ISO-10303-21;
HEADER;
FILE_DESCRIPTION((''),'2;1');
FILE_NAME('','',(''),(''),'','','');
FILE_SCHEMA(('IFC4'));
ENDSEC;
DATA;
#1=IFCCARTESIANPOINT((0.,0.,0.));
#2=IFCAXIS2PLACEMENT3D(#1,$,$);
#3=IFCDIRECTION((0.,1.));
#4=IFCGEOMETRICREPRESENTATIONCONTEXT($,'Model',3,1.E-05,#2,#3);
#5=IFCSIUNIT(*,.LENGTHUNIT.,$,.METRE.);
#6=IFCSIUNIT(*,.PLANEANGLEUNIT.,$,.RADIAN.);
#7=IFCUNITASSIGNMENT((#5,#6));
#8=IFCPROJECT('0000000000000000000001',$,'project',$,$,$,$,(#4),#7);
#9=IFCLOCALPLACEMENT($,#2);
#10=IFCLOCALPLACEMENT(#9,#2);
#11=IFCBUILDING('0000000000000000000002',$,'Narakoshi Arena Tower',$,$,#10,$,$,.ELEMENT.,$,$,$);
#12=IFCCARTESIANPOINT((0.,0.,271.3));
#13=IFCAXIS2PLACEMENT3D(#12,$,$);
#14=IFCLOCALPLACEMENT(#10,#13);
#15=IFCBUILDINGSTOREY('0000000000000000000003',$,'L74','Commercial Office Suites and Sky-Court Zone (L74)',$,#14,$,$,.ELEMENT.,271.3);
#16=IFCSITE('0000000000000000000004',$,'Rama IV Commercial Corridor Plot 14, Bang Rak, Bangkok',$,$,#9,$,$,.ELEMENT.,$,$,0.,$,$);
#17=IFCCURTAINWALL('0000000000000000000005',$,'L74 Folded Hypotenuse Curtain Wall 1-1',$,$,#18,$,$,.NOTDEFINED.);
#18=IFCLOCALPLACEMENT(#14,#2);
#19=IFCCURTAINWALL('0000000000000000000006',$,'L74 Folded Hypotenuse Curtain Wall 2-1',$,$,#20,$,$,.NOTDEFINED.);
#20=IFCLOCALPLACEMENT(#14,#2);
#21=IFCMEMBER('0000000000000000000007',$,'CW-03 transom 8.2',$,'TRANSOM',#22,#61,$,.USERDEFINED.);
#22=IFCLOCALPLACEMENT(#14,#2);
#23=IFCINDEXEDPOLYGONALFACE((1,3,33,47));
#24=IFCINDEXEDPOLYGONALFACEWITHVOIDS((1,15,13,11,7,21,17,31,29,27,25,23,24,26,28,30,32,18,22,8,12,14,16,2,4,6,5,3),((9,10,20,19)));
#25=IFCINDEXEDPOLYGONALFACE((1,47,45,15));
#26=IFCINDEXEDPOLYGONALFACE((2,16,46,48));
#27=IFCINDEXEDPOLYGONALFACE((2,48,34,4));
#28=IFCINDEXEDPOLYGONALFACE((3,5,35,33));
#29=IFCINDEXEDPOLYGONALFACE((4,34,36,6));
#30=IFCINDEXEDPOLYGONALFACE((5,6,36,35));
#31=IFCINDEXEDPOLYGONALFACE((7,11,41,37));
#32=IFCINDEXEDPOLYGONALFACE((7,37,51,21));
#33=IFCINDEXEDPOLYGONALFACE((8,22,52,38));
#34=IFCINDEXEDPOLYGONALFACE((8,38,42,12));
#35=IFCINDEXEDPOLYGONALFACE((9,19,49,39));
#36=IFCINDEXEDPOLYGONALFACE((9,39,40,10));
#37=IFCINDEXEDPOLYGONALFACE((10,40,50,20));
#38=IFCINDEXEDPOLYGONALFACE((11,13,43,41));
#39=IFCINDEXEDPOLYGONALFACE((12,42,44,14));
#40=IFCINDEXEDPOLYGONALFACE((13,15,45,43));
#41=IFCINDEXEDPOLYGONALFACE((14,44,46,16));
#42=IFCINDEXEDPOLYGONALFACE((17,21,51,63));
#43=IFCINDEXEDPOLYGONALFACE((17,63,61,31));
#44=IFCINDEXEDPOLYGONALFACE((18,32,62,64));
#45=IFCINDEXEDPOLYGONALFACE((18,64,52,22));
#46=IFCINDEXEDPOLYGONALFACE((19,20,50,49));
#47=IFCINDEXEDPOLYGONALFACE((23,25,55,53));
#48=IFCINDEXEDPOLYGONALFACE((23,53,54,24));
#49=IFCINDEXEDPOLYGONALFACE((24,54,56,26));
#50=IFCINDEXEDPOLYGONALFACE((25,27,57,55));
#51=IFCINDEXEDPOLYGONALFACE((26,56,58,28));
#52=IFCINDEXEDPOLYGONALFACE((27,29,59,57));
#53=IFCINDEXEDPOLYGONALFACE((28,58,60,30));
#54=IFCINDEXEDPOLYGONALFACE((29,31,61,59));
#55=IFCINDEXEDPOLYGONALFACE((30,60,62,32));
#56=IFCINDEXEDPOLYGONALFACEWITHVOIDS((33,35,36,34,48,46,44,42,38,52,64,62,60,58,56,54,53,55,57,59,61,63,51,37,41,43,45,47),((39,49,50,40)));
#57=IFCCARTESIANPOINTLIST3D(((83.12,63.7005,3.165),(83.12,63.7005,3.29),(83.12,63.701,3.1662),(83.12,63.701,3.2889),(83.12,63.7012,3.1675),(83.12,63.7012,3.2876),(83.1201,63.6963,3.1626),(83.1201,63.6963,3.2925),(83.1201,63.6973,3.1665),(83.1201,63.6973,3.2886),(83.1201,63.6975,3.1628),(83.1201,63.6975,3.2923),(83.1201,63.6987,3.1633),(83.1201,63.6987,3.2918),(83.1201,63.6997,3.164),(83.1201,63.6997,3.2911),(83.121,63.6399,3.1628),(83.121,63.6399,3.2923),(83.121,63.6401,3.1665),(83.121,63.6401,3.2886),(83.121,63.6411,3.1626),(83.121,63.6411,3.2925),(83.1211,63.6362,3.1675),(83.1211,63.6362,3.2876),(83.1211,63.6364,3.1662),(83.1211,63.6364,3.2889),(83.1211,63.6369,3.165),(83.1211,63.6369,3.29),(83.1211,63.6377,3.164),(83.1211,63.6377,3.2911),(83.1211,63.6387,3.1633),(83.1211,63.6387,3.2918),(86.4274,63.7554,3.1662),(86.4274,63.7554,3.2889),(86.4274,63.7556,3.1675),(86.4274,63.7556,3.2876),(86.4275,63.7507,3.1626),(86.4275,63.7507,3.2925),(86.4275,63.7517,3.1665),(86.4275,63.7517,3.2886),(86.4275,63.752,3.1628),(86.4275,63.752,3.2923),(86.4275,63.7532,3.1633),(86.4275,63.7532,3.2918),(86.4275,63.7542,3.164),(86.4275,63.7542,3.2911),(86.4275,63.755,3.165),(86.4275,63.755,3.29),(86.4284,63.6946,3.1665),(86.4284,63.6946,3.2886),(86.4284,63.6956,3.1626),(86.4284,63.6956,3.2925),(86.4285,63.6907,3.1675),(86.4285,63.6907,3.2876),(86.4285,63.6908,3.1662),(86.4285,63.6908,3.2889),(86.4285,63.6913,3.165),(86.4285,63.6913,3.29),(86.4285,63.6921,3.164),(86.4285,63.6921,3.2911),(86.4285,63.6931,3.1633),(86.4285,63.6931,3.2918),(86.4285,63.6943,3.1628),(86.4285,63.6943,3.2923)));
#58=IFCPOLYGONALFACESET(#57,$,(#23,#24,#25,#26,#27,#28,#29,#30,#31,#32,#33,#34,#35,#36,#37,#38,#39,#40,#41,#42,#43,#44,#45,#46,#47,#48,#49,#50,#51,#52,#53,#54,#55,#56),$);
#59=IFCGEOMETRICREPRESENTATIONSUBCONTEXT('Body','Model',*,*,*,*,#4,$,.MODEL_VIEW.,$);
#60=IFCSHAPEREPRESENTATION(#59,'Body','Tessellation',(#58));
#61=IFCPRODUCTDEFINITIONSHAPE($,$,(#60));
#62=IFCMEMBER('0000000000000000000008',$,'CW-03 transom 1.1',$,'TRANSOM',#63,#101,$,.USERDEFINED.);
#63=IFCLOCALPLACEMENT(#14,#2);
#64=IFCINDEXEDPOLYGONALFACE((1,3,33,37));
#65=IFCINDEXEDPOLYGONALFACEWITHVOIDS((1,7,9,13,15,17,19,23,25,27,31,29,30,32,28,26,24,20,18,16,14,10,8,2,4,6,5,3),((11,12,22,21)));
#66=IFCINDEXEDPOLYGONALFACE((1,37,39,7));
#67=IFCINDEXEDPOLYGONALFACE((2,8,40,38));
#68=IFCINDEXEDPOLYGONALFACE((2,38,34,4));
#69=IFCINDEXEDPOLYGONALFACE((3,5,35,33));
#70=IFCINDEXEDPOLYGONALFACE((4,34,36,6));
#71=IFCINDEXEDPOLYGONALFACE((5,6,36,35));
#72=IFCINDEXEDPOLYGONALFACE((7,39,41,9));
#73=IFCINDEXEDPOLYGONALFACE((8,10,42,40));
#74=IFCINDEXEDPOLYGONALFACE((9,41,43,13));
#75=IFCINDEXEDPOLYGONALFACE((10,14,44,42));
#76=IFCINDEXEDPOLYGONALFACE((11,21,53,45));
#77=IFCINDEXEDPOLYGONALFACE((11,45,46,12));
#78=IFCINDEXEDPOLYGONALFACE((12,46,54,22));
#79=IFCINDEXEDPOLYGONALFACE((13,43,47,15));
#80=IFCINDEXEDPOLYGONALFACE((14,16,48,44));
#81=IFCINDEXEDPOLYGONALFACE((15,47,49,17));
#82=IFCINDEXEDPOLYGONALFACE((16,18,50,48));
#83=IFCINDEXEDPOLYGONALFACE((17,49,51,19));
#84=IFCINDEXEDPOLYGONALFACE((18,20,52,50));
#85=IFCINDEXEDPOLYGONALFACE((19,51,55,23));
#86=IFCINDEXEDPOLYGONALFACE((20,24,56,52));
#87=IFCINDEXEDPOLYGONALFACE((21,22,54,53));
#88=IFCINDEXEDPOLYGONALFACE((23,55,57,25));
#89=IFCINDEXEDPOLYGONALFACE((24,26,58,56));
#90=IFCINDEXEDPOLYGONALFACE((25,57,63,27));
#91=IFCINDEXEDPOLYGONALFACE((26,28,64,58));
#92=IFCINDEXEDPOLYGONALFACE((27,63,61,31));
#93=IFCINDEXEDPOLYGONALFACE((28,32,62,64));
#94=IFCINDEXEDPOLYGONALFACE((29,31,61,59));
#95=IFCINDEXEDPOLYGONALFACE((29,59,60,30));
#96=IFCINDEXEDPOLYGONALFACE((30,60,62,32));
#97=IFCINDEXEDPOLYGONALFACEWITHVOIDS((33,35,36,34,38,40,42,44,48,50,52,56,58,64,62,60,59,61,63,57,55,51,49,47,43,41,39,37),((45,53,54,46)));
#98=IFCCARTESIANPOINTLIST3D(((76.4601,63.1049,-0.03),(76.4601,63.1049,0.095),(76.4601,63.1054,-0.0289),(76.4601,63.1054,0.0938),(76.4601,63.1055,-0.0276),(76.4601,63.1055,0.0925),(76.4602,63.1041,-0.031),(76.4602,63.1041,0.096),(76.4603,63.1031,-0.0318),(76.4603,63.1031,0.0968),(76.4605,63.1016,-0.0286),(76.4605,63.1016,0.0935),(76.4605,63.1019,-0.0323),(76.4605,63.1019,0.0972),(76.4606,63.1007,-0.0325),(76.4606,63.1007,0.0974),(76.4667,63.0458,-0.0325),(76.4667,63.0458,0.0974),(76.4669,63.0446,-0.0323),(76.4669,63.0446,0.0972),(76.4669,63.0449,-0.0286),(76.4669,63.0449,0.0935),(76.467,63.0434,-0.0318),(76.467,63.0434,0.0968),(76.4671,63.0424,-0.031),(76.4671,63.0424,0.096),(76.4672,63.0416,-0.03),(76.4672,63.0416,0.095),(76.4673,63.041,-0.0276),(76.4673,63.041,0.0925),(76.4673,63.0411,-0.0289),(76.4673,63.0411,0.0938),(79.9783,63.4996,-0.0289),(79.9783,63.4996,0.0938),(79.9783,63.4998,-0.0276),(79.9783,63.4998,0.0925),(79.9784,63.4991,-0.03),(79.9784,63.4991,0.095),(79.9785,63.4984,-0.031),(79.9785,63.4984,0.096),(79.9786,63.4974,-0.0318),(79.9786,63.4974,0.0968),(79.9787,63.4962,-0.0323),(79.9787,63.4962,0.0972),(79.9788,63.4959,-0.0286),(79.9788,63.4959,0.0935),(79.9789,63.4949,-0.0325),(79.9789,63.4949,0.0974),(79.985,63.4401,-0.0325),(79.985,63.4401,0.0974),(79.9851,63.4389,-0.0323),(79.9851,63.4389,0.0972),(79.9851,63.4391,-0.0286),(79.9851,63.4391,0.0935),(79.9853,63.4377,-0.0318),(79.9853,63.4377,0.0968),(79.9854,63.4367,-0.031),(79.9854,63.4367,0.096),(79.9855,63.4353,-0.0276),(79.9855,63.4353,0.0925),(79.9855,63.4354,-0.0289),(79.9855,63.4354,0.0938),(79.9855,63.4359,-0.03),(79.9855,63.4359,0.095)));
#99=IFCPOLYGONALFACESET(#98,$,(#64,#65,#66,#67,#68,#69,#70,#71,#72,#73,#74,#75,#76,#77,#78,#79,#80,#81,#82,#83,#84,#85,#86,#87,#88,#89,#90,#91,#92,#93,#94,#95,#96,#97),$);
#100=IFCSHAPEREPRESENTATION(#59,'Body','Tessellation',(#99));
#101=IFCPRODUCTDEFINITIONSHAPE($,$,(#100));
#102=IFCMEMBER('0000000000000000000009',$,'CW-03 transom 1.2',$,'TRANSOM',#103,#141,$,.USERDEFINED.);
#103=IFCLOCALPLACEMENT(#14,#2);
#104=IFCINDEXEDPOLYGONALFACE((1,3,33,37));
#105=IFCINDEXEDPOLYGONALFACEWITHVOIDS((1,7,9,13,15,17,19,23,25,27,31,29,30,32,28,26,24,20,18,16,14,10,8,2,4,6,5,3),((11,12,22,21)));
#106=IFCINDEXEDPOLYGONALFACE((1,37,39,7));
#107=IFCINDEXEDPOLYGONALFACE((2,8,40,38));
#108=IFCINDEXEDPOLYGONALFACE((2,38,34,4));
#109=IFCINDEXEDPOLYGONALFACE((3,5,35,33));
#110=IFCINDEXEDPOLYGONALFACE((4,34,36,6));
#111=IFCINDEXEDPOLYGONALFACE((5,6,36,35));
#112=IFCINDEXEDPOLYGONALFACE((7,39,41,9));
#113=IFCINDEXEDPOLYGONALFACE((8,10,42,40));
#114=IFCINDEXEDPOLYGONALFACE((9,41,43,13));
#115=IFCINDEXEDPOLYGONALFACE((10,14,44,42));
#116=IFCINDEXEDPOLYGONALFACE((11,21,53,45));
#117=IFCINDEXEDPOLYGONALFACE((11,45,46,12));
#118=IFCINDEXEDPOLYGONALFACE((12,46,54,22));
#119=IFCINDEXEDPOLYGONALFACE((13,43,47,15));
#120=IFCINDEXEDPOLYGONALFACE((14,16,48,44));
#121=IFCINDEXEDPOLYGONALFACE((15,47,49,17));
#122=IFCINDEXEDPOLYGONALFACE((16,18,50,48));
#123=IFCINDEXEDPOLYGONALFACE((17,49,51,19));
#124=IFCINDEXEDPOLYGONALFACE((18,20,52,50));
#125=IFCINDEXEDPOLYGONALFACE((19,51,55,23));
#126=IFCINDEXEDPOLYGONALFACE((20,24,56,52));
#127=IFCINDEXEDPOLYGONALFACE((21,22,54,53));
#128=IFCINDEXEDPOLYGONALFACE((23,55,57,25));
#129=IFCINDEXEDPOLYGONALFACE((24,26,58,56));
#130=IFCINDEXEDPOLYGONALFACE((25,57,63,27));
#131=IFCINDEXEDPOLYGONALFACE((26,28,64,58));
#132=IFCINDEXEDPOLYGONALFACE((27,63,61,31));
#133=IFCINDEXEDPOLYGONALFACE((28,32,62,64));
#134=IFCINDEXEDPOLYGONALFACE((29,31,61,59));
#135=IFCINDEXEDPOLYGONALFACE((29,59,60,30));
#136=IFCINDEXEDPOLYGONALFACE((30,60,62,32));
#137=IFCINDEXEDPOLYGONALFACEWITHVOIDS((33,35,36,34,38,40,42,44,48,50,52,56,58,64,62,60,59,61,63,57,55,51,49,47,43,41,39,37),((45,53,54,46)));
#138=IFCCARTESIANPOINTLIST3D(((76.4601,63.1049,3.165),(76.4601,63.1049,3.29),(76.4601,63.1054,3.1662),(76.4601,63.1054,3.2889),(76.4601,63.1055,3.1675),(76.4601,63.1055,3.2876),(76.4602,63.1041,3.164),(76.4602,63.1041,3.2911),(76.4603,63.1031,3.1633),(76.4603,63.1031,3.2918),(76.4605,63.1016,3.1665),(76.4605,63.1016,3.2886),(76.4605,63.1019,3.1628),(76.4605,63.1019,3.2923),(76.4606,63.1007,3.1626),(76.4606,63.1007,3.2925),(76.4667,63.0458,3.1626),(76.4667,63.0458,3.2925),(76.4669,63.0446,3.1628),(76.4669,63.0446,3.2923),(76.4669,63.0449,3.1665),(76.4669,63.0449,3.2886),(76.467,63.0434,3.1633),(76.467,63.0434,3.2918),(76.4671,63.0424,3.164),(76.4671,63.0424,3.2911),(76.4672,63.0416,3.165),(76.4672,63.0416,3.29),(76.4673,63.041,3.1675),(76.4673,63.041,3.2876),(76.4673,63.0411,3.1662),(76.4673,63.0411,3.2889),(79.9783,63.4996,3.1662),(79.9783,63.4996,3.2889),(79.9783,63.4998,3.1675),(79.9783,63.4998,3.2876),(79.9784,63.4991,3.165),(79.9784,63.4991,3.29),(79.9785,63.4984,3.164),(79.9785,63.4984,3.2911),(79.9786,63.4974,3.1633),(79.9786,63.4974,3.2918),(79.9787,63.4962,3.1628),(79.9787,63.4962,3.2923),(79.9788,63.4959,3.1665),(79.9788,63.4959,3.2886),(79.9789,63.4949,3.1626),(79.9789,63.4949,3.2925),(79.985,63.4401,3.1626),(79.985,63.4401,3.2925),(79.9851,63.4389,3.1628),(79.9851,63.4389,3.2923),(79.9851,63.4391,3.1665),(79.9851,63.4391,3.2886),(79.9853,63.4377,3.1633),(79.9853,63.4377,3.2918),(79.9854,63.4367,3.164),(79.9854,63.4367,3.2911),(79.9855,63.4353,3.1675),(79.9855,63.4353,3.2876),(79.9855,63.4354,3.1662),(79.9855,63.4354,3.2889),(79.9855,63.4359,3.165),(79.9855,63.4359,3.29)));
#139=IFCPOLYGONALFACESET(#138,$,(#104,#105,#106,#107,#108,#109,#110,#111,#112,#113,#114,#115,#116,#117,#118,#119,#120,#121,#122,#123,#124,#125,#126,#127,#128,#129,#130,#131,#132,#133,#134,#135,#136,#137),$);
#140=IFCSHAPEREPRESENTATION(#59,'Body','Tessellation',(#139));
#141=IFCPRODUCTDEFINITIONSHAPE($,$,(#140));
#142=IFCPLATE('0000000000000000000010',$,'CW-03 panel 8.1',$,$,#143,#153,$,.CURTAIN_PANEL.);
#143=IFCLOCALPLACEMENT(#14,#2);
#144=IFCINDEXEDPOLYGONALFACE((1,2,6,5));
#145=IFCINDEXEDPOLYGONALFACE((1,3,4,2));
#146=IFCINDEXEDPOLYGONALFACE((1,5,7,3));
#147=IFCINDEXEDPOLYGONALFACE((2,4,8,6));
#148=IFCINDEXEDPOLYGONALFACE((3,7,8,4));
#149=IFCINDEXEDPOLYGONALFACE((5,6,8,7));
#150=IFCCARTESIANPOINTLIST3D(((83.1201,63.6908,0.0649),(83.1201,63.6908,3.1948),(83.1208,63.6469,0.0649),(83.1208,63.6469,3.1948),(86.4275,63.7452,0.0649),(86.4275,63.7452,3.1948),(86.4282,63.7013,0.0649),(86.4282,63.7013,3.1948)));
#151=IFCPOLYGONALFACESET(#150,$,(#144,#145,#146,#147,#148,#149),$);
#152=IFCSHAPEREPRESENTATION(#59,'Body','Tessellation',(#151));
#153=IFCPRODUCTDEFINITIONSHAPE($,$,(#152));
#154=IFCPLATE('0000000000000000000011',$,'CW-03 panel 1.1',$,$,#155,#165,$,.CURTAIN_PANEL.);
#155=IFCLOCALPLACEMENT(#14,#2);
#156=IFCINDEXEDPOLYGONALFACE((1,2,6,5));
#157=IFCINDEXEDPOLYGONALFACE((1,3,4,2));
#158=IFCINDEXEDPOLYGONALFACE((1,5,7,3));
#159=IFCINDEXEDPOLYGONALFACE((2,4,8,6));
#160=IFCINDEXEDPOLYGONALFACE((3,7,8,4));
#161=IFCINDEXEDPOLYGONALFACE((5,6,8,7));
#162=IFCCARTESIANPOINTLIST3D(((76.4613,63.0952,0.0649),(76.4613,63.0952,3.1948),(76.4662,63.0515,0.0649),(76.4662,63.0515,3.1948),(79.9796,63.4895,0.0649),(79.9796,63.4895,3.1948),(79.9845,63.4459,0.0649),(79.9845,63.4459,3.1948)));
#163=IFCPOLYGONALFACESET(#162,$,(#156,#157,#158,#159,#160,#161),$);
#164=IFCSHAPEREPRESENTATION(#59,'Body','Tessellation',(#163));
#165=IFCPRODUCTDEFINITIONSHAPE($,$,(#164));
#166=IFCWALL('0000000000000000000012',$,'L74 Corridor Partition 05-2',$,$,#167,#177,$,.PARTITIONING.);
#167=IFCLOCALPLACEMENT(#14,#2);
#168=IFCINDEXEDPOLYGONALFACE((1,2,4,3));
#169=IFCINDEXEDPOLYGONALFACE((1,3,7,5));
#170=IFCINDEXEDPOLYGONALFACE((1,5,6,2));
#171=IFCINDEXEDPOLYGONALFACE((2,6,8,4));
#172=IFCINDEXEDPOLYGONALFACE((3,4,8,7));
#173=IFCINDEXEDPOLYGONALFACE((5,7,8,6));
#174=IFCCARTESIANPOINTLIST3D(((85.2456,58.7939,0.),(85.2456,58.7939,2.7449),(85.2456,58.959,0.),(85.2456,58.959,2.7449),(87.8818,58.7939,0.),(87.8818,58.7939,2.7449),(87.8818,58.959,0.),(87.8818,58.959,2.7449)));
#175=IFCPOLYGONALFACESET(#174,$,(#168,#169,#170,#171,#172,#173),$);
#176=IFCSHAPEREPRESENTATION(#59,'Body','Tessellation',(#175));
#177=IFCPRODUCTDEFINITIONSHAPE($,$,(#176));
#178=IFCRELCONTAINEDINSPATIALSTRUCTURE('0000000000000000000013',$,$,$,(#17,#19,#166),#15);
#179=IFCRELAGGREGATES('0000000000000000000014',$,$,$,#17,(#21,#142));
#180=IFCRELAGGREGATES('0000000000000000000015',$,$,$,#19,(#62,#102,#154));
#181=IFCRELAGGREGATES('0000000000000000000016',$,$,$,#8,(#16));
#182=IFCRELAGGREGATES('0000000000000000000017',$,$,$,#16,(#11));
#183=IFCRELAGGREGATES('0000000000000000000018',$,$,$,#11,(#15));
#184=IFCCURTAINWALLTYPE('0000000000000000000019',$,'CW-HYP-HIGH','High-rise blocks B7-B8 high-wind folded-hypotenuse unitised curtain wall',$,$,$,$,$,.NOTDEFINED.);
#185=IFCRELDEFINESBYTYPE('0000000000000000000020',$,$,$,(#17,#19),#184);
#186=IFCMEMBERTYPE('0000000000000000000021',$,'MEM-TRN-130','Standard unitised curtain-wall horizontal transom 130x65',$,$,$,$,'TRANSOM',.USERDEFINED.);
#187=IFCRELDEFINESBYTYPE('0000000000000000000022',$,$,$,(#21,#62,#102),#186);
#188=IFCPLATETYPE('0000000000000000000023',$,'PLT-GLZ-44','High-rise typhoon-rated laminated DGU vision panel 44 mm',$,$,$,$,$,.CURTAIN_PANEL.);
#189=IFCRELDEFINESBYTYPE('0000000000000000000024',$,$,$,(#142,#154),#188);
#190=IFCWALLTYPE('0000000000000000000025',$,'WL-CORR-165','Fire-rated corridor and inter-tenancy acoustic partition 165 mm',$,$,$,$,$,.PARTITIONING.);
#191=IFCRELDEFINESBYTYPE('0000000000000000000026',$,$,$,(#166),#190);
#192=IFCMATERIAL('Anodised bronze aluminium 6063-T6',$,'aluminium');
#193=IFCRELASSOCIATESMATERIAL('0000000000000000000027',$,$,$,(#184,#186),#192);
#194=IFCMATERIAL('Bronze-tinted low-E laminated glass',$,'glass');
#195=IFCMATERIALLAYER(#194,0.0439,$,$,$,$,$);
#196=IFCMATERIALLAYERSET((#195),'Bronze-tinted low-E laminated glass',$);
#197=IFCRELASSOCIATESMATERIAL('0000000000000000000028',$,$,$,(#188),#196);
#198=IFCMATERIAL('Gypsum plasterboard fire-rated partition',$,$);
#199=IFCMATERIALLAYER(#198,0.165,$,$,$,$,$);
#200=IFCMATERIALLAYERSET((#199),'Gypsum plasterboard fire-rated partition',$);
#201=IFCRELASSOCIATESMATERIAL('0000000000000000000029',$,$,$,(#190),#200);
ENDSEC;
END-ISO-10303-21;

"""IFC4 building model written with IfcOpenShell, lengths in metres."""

from ifc_helpers import new_model, si_unit, direction, frame, frame_2d, origin, origin_2d, place, context, subcontext, project, spatial, rectangle, hollow_rectangle, extrude, material, layer, layer_set, material_profile, profile_set, type_object, element, aggregate, save


model = new_model("IFC4")

# Units and contexts
model_context = context("Model", 3, precision=1e-05, world=origin(), true_north=direction((0.0, 1.0)))
body_context = subcontext(model_context, "Body", "Model", "MODEL_VIEW")
ifc_project = project(units=[si_unit("LENGTHUNIT", "METRE"), si_unit("PLANEANGLEUNIT", "RADIAN")], contexts=[model_context])

# Site, building, storey
site_placement = place(None, origin())
site = spatial("IfcSite", under=ifc_project, at=site_placement, Name="Rama IV Commercial Corridor Plot 14, Bang Rak, Bangkok", CompositionType="ELEMENT", RefElevation=0.0)
building_placement = place(site_placement, origin())
building = spatial("IfcBuilding", under=site, at=building_placement, Name="Narakoshi Arena Tower", CompositionType="ELEMENT")
storey_placement = place(building_placement, frame((0.0, 0.0, 271.3)))
storey = spatial("IfcBuildingStorey", under=building, at=storey_placement, Name="L74", Description="Commercial Office Suites and Sky-Court Zone (L74)", CompositionType="ELEMENT", Elevation=271.3)

# Curtain wall
ifc_material_1 = material(Name="Anodised bronze aluminium 6063-T6", Category="aluminium")
curtain_wall_type = type_object("IfcCurtainWallType", Name="CW-HYP-HIGH", Description="High-rise blocks B7-B8 high-wind folded-hypotenuse unitised curtain wall", PredefinedType="NOTDEFINED", material=ifc_material_1)
curtain_wall_1_placement = place(storey_placement, origin())
curtain_wall_1 = element("IfcCurtainWall", 1, at=curtain_wall_1_placement, inside=storey, type_object=curtain_wall_type, Name="L74 Folded Hypotenuse Curtain Wall 1-1", PredefinedType="NOTDEFINED")

# Curtain wall
curtain_wall_2_placement = place(storey_placement, origin())
curtain_wall_2 = element("IfcCurtainWall", 2, at=curtain_wall_2_placement, inside=storey, type_object=curtain_wall_type, Name="L74 Folded Hypotenuse Curtain Wall 2-1", PredefinedType="NOTDEFINED")

# Members
ifc_material_profile_1 = material_profile(ifc_material_1, hollow_rectangle(XDim=0.0649, YDim=0.1299, WallThickness=0.0039, OuterFilletRadius=0.0049, at=origin_2d()), Name="TRN130x65x4")
ifc_profile_set_1 = profile_set([ifc_material_profile_1], Name="Anodised bronze aluminium 6063-T6")
member_type_1 = type_object("IfcMemberType", Name="MEM-TRN-130", Description="Standard unitised curtain-wall horizontal transom 130x65", ElementType="TRANSOM", PredefinedType="USERDEFINED", material=ifc_profile_set_1)
member_1_placement = place(storey_placement, frame((86.428, 63.7231, 3.2275), z_axis=(-0.999865, -0.016459, 0.0), x_axis=(0.016459, -0.999865, 0.0)))
member_1 = element("IfcMember", 3, at=member_1_placement, type_object=member_type_1, Name="CW-03 transom 8.2", ObjectType="TRANSOM", PredefinedType="USERDEFINED", context=body_context, shape_type="SweptSolid", body=[
    extrude(hollow_rectangle(XDim=0.0649, YDim=0.1299, WallThickness=0.0039, OuterFilletRadius=0.0049, at=origin_2d()), origin(), (0.0, 0.0, 1.0), 3.3079),
])
member_2_placement = place(storey_placement, frame((79.9819, 63.4675, 0.0325), z_axis=(-0.993779, -0.11137, 0.0), x_axis=(0.11137, -0.993779, 0.0)))
member_2 = element("IfcMember", 4, at=member_2_placement, type_object=member_type_1, Name="CW-03 transom 1.1", ObjectType="TRANSOM", PredefinedType="USERDEFINED", context=body_context, shape_type="SweptSolid", body=[
    extrude(hollow_rectangle(XDim=0.0649, YDim=0.1299, WallThickness=0.0039, OuterFilletRadius=0.0049, at=origin_2d()), origin(), (0.0, 0.0, 1.0), 3.5403),
])
member_3_placement = place(storey_placement, frame((79.9819, 63.4675, 3.2275), z_axis=(-0.993779, -0.11137, 0.0), x_axis=(0.11137, -0.993779, 0.0)))
member_3 = element("IfcMember", 5, at=member_3_placement, type_object=member_type_1, Name="CW-03 transom 1.2", ObjectType="TRANSOM", PredefinedType="USERDEFINED", context=body_context, shape_type="SweptSolid", body=[
    extrude(hollow_rectangle(XDim=0.0649, YDim=0.1299, WallThickness=0.0039, OuterFilletRadius=0.0049, at=origin_2d()), origin(), (0.0, 0.0, 1.0), 3.5403),
])

# Plates
ifc_material_2 = material(Name="Bronze-tinted low-E laminated glass", Category="glass")
ifc_layer_1 = layer(ifc_material_2, 0.0439)
ifc_layer_set_1 = layer_set([ifc_layer_1], Name="Bronze-tinted low-E laminated glass")
plate_type = type_object("IfcPlateType", Name="PLT-GLZ-44", Description="High-rise typhoon-rated laminated DGU vision panel 44 mm", PredefinedType="CURTAIN_PANEL", material=ifc_layer_set_1)
plate_1_placement = place(storey_placement, frame((84.7742, 63.696, 0.0649), z_axis=(0.0, 0.0, 1.0), x_axis=(-0.999865, -0.016443, 0.0)))
plate_1 = element("IfcPlate", 6, at=plate_1_placement, type_object=plate_type, Name="CW-03 panel 8.1", PredefinedType="CURTAIN_PANEL", context=body_context, shape_type="SweptSolid", body=[
    extrude(rectangle(XDim=3.3079, YDim=0.0439, at=origin_2d()), origin(), (0.0, 0.0, 1.0), 3.1299),
])
aggregate(curtain_wall_1, [member_1, plate_1])
plate_2_placement = place(storey_placement, frame((78.2229, 63.2705, 0.0649), z_axis=(0.0, 0.0, 1.0), x_axis=(-0.993776, -0.111396, 0.0)))
plate_2 = element("IfcPlate", 7, at=plate_2_placement, type_object=plate_type, Name="CW-03 panel 1.1", PredefinedType="CURTAIN_PANEL", context=body_context, shape_type="SweptSolid", body=[
    extrude(rectangle(XDim=3.5403, YDim=0.0439, at=origin_2d()), origin(), (0.0, 0.0, 1.0), 3.1299),
])
aggregate(curtain_wall_2, [member_2, member_3, plate_2])

# Wall
ifc_material_3 = material(Name="Gypsum plasterboard fire-rated partition")
ifc_layer_2 = layer(ifc_material_3, 0.165)
ifc_layer_set_2 = layer_set([ifc_layer_2], Name="Gypsum plasterboard fire-rated partition")
wall_type_1 = type_object("IfcWallType", Name="WL-CORR-165", Description="Fire-rated corridor and inter-tenancy acoustic partition 165 mm", PredefinedType="PARTITIONING", material=ifc_layer_set_2)
wall_1_placement = place(storey_placement, frame((87.8818, 58.8765, 0.0), z_axis=(0.0, 0.0, 1.0), x_axis=(-1.0, 0.0, 0.0)))
element("IfcWall", 8, at=wall_1_placement, inside=storey, type_object=wall_type_1, Name="L74 Corridor Partition 05-2", PredefinedType="PARTITIONING", context=body_context, shape_type="SweptSolid", body=[
    extrude(rectangle(XDim=2.6362, YDim=0.165, at=frame_2d((1.3181, 0.0))), origin(), (0.0, 0.0, 1.0), 2.7449),
])

save(model, "model.ifc")
